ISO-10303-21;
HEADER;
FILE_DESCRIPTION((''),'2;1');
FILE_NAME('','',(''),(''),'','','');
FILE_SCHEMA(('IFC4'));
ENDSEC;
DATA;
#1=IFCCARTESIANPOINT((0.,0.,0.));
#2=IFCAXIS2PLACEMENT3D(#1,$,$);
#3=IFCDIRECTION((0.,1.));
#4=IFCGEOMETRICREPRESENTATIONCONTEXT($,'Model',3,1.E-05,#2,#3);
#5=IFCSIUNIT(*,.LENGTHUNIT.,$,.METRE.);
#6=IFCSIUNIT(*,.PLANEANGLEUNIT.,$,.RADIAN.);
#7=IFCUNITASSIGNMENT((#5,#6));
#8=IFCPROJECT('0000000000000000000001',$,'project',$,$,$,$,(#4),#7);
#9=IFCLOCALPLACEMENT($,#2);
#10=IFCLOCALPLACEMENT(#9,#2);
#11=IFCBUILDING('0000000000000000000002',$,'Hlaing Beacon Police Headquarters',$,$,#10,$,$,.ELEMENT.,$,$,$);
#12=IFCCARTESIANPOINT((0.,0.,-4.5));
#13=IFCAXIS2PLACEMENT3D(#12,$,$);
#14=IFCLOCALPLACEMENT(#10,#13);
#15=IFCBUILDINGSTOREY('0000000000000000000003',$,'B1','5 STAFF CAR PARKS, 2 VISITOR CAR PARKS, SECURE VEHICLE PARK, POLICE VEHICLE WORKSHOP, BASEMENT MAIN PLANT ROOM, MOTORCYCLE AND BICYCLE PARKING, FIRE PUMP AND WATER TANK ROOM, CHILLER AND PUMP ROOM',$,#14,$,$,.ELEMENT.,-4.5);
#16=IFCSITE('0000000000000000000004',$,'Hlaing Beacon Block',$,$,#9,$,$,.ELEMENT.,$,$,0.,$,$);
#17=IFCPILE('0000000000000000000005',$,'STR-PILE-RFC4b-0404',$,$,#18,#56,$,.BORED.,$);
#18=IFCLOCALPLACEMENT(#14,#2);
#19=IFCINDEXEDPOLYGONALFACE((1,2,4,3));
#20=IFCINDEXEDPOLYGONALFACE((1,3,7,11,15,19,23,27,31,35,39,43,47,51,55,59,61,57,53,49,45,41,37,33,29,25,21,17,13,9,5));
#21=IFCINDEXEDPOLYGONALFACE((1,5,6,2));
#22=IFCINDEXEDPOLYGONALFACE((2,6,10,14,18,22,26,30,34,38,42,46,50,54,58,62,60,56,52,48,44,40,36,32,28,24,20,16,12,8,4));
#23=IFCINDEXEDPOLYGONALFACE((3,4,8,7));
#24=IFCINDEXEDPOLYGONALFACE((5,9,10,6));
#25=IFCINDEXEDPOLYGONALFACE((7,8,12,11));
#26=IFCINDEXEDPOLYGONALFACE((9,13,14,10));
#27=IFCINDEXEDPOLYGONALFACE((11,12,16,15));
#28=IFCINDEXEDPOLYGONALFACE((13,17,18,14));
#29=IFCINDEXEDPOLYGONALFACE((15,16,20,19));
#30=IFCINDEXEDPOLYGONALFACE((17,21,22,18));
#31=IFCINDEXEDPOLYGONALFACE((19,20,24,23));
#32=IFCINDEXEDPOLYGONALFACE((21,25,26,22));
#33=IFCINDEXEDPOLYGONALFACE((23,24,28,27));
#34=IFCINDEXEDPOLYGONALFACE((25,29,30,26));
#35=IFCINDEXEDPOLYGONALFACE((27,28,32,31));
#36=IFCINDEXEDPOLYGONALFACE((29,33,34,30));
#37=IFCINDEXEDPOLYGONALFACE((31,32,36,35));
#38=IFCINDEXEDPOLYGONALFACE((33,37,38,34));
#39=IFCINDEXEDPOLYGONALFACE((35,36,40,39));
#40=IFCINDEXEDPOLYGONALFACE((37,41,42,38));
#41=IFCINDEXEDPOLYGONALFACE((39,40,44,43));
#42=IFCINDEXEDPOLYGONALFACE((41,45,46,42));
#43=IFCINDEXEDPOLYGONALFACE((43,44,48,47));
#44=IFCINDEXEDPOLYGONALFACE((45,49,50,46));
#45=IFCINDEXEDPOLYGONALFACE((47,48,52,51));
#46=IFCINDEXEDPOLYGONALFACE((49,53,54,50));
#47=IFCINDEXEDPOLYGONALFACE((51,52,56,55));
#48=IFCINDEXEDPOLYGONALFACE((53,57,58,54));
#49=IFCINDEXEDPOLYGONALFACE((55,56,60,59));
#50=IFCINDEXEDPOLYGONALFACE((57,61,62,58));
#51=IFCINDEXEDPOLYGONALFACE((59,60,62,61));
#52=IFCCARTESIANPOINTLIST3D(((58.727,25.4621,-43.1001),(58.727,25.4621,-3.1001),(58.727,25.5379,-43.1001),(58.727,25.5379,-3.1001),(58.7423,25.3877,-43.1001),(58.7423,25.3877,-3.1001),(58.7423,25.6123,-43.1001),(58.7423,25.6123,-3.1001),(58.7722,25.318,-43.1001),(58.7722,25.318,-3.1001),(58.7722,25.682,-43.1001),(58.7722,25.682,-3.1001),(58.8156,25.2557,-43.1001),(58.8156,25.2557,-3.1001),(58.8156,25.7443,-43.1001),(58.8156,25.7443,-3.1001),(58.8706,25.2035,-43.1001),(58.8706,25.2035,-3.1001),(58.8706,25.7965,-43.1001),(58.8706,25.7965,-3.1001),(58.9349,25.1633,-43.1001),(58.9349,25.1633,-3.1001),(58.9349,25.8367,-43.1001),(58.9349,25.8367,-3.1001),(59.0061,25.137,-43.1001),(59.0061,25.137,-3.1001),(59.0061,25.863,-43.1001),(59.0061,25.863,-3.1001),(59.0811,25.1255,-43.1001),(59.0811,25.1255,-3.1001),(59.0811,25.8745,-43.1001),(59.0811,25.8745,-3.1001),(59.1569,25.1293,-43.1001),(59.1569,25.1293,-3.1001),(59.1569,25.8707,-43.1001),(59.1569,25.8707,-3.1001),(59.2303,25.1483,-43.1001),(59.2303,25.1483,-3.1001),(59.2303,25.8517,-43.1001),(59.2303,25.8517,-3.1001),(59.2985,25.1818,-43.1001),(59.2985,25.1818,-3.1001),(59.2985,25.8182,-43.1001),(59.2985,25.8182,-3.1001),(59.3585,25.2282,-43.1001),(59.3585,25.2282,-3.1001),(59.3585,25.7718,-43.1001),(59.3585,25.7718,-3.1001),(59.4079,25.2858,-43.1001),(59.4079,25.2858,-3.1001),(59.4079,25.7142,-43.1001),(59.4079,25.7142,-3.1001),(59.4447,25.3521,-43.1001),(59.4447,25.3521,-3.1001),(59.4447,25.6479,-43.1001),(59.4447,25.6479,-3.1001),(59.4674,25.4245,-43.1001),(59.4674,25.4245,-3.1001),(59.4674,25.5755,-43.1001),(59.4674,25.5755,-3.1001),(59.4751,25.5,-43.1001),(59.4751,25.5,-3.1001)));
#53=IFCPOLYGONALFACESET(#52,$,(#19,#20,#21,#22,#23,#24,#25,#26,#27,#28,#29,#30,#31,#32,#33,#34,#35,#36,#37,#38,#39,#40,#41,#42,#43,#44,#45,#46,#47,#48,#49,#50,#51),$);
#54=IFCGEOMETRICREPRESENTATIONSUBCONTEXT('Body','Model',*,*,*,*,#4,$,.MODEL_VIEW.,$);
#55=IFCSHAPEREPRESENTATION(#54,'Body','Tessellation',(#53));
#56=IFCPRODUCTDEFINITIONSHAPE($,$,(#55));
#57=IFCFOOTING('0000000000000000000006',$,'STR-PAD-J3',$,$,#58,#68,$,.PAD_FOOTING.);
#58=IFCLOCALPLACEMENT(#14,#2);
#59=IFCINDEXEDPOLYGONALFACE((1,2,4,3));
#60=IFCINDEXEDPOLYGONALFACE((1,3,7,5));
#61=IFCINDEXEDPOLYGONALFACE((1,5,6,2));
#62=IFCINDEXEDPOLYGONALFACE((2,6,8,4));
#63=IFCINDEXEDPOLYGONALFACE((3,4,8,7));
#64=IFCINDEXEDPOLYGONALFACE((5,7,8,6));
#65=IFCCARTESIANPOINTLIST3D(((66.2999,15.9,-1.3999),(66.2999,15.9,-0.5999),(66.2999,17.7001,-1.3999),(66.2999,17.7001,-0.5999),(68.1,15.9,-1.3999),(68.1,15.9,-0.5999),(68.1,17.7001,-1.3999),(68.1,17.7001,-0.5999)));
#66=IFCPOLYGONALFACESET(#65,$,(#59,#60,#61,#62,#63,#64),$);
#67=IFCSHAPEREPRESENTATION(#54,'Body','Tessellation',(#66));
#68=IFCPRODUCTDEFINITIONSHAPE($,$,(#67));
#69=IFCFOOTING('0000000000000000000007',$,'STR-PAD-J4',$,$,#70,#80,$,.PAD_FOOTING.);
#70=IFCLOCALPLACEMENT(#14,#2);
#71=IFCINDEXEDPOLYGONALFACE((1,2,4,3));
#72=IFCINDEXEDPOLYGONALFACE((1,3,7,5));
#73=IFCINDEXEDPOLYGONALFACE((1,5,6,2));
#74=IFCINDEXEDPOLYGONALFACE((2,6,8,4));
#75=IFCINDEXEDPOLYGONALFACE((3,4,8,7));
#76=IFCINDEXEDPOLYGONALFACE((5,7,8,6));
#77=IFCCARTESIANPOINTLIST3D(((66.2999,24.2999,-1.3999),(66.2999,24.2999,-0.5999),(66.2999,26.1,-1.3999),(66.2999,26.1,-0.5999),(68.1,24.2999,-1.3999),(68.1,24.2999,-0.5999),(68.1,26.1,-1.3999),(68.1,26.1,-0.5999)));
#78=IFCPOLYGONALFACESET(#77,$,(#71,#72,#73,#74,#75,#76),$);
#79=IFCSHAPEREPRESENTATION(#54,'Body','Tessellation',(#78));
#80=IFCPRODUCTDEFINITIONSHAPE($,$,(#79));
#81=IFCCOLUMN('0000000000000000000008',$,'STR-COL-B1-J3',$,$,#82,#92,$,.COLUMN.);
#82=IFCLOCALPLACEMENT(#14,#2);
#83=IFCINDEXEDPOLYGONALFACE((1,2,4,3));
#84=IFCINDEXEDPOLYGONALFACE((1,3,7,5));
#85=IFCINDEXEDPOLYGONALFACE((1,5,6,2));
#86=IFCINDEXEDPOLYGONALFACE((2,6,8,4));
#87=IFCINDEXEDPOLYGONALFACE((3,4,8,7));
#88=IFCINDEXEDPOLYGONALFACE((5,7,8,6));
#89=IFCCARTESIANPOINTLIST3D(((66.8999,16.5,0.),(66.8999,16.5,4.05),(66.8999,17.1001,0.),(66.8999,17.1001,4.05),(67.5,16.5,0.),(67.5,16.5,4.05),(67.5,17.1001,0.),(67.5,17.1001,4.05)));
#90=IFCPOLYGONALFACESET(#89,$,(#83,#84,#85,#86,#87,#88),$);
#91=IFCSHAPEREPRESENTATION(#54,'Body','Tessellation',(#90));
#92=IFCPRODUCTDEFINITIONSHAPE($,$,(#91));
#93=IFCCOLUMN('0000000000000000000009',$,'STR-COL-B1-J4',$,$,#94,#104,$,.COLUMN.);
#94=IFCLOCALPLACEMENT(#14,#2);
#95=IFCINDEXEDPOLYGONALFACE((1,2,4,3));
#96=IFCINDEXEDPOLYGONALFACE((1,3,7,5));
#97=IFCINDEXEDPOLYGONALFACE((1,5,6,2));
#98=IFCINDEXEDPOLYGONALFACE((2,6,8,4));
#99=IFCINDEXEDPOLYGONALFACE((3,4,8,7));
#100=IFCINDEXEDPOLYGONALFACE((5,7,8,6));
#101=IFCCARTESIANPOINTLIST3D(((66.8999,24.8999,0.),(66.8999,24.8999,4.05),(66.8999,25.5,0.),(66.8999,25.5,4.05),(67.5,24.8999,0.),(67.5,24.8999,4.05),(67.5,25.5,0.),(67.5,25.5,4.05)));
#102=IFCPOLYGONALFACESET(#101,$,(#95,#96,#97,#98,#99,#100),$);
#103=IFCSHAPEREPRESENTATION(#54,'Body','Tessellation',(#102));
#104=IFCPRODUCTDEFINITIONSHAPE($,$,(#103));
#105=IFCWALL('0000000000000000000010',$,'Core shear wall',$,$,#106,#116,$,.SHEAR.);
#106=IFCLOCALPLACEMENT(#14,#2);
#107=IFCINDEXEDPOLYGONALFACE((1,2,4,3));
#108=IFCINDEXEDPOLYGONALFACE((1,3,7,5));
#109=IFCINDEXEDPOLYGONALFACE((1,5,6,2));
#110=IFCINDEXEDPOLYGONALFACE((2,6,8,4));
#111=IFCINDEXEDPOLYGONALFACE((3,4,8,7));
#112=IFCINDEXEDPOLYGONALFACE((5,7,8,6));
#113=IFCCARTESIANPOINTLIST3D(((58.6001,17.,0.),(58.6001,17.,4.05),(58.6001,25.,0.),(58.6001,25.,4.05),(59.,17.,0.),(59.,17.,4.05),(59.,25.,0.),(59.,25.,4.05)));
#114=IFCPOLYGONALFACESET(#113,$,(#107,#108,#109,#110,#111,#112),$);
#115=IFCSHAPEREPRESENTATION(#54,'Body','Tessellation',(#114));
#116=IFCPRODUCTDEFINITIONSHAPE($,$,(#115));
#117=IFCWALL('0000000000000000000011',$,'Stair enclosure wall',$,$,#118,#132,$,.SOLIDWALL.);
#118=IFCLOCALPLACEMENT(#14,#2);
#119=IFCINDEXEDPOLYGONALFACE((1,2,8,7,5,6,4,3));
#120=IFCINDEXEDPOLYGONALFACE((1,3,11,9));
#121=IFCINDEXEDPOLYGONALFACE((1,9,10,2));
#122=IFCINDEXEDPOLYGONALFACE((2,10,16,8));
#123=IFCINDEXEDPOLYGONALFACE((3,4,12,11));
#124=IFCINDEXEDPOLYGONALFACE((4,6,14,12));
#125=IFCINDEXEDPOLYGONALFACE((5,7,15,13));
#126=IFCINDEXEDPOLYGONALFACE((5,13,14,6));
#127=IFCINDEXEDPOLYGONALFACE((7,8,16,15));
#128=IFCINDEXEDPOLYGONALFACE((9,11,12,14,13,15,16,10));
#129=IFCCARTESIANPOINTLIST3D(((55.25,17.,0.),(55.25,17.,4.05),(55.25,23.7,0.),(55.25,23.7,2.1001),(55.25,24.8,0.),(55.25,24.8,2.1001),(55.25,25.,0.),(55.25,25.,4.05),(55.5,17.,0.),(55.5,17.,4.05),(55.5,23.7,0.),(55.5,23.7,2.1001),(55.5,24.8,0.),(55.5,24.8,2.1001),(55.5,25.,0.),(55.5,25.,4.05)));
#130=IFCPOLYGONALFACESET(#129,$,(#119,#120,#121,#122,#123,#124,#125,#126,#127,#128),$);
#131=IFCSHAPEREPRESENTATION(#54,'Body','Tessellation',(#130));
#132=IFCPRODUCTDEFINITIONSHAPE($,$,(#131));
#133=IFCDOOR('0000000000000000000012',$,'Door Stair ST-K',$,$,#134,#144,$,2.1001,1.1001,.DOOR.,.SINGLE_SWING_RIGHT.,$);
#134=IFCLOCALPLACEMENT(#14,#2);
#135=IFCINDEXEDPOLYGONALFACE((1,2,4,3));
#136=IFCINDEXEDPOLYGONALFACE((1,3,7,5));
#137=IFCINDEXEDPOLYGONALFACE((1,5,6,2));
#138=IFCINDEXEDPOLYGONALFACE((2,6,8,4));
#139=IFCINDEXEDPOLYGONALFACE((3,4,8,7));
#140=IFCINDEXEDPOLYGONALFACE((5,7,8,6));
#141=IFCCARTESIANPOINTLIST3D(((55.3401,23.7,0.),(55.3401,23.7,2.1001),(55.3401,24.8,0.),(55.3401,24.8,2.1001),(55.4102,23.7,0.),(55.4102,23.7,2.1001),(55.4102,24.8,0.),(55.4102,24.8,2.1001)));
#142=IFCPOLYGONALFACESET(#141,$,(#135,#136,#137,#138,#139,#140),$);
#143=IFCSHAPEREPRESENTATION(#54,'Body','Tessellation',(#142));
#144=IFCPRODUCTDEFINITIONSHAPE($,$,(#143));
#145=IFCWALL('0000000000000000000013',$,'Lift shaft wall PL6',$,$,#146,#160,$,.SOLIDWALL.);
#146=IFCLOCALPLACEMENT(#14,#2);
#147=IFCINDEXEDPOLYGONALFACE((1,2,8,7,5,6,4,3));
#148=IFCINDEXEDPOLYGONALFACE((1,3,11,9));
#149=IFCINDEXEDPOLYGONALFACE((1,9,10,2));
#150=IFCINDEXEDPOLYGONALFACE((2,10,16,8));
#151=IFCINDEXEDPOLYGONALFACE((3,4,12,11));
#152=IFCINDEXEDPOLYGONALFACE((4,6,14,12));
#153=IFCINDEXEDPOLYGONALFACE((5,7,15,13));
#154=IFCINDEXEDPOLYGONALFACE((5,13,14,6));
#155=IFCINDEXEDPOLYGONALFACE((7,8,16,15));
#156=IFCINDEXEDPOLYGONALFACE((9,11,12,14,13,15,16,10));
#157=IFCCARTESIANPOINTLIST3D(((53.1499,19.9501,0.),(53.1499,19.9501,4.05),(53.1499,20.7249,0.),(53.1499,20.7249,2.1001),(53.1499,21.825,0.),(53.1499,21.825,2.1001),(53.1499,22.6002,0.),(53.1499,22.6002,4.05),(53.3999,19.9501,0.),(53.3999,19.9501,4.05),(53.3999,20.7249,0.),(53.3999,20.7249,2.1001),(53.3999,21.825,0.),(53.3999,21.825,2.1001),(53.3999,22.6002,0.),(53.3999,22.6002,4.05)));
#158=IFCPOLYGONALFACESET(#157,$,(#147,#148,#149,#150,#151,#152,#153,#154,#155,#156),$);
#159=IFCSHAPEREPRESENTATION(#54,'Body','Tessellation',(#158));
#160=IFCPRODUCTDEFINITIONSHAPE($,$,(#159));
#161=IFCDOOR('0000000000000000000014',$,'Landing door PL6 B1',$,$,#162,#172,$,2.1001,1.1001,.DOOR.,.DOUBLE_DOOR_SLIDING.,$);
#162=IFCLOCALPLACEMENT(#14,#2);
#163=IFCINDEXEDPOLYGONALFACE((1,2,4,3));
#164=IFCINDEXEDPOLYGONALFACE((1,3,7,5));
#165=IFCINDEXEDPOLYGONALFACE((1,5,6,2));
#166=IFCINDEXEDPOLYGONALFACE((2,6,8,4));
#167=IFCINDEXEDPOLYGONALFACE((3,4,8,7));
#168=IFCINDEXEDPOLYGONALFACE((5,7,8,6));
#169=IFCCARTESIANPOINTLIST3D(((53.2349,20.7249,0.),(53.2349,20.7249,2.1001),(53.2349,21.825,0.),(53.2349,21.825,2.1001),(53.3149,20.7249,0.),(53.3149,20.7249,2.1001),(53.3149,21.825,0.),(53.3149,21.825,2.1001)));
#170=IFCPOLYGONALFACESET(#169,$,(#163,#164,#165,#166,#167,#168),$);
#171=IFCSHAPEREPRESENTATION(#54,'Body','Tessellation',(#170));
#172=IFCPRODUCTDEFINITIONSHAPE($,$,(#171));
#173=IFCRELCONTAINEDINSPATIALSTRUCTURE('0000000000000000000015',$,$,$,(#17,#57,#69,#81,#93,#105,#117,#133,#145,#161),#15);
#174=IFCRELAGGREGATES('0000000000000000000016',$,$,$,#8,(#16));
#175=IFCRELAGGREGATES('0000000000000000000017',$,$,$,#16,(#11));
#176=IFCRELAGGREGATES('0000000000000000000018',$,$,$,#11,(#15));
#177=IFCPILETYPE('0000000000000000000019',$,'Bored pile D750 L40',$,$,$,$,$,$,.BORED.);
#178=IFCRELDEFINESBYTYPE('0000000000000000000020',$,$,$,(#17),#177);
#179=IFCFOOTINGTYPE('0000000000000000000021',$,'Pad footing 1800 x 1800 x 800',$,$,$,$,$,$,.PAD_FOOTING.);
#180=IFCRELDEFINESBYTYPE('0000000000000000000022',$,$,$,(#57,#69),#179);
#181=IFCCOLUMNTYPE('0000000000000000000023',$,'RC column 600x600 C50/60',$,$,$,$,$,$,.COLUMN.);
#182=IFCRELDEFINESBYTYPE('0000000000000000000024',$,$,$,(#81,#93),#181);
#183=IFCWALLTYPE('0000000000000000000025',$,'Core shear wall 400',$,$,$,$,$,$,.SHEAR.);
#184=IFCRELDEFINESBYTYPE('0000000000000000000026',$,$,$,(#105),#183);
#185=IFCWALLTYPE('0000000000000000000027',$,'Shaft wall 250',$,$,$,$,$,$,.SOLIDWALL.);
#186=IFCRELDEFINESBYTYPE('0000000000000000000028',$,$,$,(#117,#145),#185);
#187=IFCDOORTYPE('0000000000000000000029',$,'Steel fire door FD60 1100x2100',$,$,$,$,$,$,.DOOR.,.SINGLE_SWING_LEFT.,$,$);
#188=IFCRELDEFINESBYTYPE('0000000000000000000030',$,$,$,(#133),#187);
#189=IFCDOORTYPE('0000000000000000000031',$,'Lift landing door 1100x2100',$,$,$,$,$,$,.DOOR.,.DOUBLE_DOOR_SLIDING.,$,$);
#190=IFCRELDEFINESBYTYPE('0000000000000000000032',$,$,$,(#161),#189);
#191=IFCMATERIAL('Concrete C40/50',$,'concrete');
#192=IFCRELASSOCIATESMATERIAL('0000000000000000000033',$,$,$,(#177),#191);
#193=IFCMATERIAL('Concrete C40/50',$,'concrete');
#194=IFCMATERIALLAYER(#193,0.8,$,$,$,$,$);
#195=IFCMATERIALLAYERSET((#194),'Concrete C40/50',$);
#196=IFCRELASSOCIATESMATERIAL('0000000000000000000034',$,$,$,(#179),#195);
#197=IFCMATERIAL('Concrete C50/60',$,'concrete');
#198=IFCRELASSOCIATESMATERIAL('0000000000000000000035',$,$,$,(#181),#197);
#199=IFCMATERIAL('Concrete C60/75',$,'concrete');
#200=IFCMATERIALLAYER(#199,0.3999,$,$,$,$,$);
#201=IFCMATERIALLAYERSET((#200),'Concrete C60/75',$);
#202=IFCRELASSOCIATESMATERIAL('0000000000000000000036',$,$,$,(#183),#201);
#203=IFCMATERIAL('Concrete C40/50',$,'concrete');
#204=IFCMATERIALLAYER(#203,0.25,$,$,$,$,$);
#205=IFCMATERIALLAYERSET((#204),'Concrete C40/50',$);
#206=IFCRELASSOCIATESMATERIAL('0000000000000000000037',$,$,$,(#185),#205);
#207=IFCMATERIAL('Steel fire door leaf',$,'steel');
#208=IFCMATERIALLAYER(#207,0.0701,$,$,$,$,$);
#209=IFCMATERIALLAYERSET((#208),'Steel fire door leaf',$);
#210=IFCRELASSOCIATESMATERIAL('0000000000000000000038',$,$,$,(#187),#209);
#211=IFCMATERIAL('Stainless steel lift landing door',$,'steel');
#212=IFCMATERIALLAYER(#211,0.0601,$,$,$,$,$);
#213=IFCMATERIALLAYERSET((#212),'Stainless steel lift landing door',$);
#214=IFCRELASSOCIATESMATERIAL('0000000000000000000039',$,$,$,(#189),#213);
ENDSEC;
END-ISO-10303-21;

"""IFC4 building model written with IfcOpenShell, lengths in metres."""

from ifc_helpers import new_model, si_unit, direction, frame, frame_2d, origin, origin_2d, place, context, subcontext, project, spatial, rectangle, circle, extrude, material, layer, layer_set, material_profile, profile_set, type_object, element, fill, save


model = new_model("IFC4")

# Units and contexts
model_context = context("Model", 3, precision=1e-05, world=origin(), true_north=direction((0.0, 1.0)))
body_context = subcontext(model_context, "Body", "Model", "MODEL_VIEW")
ifc_project = project(units=[si_unit("LENGTHUNIT", "METRE"), si_unit("PLANEANGLEUNIT", "RADIAN")], contexts=[model_context])

# Site, building, storey
site_placement = place(None, origin())
site = spatial("IfcSite", under=ifc_project, at=site_placement, Name="Hlaing Beacon Block", CompositionType="ELEMENT", RefElevation=0.0)
building_placement = place(site_placement, origin())
building = spatial("IfcBuilding", under=site, at=building_placement, Name="Hlaing Beacon Police Headquarters", CompositionType="ELEMENT")
storey_placement = place(building_placement, frame((0.0, 0.0, -4.5)))
storey = spatial("IfcBuildingStorey", under=building, at=storey_placement, Name="B1", Description="5 STAFF CAR PARKS, 2 VISITOR CAR PARKS, SECURE VEHICLE PARK, POLICE VEHICLE WORKSHOP, BASEMENT MAIN PLANT ROOM, MOTORCYCLE AND BICYCLE PARKING, FIRE PUMP AND WATER TANK ROOM, CHILLER AND PUMP ROOM", CompositionType="ELEMENT", Elevation=-4.5)

# Pile
ifc_material_1 = material(Name="Concrete C40/50", Category="concrete")
ifc_material_profile_1 = material_profile(ifc_material_1, circle(Radius=0.375, at=origin_2d()), Name="D750")
ifc_profile_set_1 = profile_set([ifc_material_profile_1], Name="Concrete C40/50")
pile_type_1 = type_object("IfcPileType", Name="Bored pile D750 L40", PredefinedType="BORED", material=ifc_profile_set_1)
for number, where, z_axis, x_axis, name in (
    (1, (59.1001, 25.5, -3.1001), (0.0, 0.0, -1.0), (1.0, 0.0, 0.0), "STR-PILE-RFC4b-0404"),
):
    element("IfcPile", number, at=place(storey_placement, frame(where, z_axis=z_axis, x_axis=x_axis)), inside=storey, type_object=pile_type_1, Name=name, PredefinedType="BORED", context=body_context, shape_type="SweptSolid", body=[
        extrude(circle(Radius=0.375, at=origin_2d()), origin(), (0.0, 0.0, 1.0), 40.0),
    ])

# Footings
ifc_material_2 = material(Name="Concrete C40/50", Category="concrete")
ifc_layer_1 = layer(ifc_material_2, 0.8)
ifc_layer_set_1 = layer_set([ifc_layer_1], Name="Concrete C40/50")
footing_type = type_object("IfcFootingType", Name="Pad footing 1800 x 1800 x 800", PredefinedType="PAD_FOOTING", material=ifc_layer_set_1)
for number, where, z_axis, x_axis, name in (
    (2, (67.2, 16.8, -1.3999), (0.0, 0.0, 1.0), (1.0, 0.0, 0.0), "STR-PAD-J3"),
    (3, (67.2, 25.2, -1.3999), (0.0, 0.0, 1.0), (1.0, 0.0, 0.0), "STR-PAD-J4"),
):
    element("IfcFooting", number, at=place(storey_placement, frame(where, z_axis=z_axis, x_axis=x_axis)), inside=storey, type_object=footing_type, Name=name, PredefinedType="PAD_FOOTING", context=body_context, shape_type="SweptSolid", body=[
        extrude(rectangle(XDim=1.8, YDim=1.8, at=origin_2d()), origin(), (0.0, 0.0, 1.0), 0.8),
    ])

# Columns
ifc_material_3 = material(Name="Concrete C50/60", Category="concrete")
ifc_material_profile_2 = material_profile(ifc_material_3, rectangle(XDim=0.6001, YDim=0.6001, at=origin_2d()), Name="600x600")
ifc_profile_set_2 = profile_set([ifc_material_profile_2], Name="Concrete C50/60")
column_type = type_object("IfcColumnType", Name="RC column 600x600 C50/60", PredefinedType="COLUMN", material=ifc_profile_set_2)
for number, where, z_axis, x_axis, name in (
    (4, (67.2, 16.8, 0.0), (0.0, 0.0, 1.0), (1.0, 0.0, 0.0), "STR-COL-B1-J3"),
    (5, (67.2, 25.2, 0.0), (0.0, 0.0, 1.0), (1.0, 0.0, 0.0), "STR-COL-B1-J4"),
):
    element("IfcColumn", number, at=place(storey_placement, frame(where, z_axis=z_axis, x_axis=x_axis)), inside=storey, type_object=column_type, Name=name, PredefinedType="COLUMN", context=body_context, shape_type="SweptSolid", body=[
        extrude(rectangle(XDim=0.6001, YDim=0.6001, at=origin_2d()), origin(), (0.0, 0.0, 1.0), 4.05),
    ])

# Wall
ifc_material_4 = material(Name="Concrete C60/75", Category="concrete")
ifc_layer_2 = layer(ifc_material_4, 0.3999)
ifc_layer_set_2 = layer_set([ifc_layer_2], Name="Concrete C60/75")
wall_type_1 = type_object("IfcWallType", Name="Core shear wall 400", PredefinedType="SHEAR", material=ifc_layer_set_2)
wall_1_placement = place(storey_placement, frame((58.8, 17.0, 0.0), z_axis=(0.0, 0.0, 1.0), x_axis=(0.0, 1.0, 0.0)))
element("IfcWall", 6, at=wall_1_placement, inside=storey, type_object=wall_type_1, Name="Core shear wall", PredefinedType="SHEAR", context=body_context, shape_type="SweptSolid", body=[
    extrude(rectangle(XDim=8.0, YDim=0.3999, at=frame_2d((4.0, 0.0))), origin(), (0.0, 0.0, 1.0), 4.05),
])

# Walls, openings, doors
ifc_material_5 = material(Name="Concrete C40/50", Category="concrete")
ifc_layer_3 = layer(ifc_material_5, 0.25)
ifc_layer_set_3 = layer_set([ifc_layer_3], Name="Concrete C40/50")
wall_type_2 = type_object("IfcWallType", Name="Shaft wall 250", PredefinedType="SOLIDWALL", material=ifc_layer_set_3)
wall_2_placement = place(storey_placement, frame((55.375, 25.0, 0.0), z_axis=(0.0, 0.0, 1.0), x_axis=(0.0, -1.0, 0.0)))
wall_2 = element("IfcWall", 7, at=wall_2_placement, inside=storey, type_object=wall_type_2, Name="Stair enclosure wall", PredefinedType="SOLIDWALL", context=body_context, shape_type="SweptSolid", body=[
    extrude(rectangle(XDim=8.0, YDim=0.25, at=frame_2d((4.0, 0.0))), origin(), (0.0, 0.0, 1.0), 4.05),
])
opening_1_placement = place(wall_2_placement, frame((0.2, 0.0, 0.0)))
opening_1 = element("IfcOpeningElement", 8, at=opening_1_placement, cuts=wall_2, PredefinedType="OPENING", context=body_context, shape_type="SweptSolid", body=[
    extrude(rectangle(XDim=1.1001, YDim=2.1001, at=frame_2d((0.55, 1.05))), frame((0.0, 0.135, 0.0), z_axis=(0.0, -1.0, 0.0), x_axis=(1.0, 0.0, 0.0)), (0.0, 0.0, 1.0), 0.27),
])
ifc_material_6 = material(Name="Steel fire door leaf", Category="steel")
ifc_layer_4 = layer(ifc_material_6, 0.0701)
ifc_layer_set_4 = layer_set([ifc_layer_4], Name="Steel fire door leaf")
door_type_1 = type_object("IfcDoorType", Name="Steel fire door FD60 1100x2100", OperationType="SINGLE_SWING_LEFT", PredefinedType="DOOR", material=ifc_layer_set_4)
door_1_placement = place(opening_1_placement, origin())
door_1 = element("IfcDoor", 9, at=door_1_placement, inside=storey, type_object=door_type_1, Name="Door Stair ST-K", OperationType="SINGLE_SWING_RIGHT", OverallHeight=2.1001, OverallWidth=1.1001, PredefinedType="DOOR", context=body_context, shape_type="SweptSolid", body=[
    extrude(rectangle(XDim=1.1001, YDim=2.1001, at=frame_2d((0.55, 1.05))), frame((0.0, 0.0352, 0.0), z_axis=(0.0, -1.0, 0.0), x_axis=(1.0, 0.0, 0.0)), (0.0, 0.0, 1.0), 0.0701),
])
fill(opening_1, door_1)
wall_3_placement = place(storey_placement, frame((53.2749, 19.95, 0.0), z_axis=(0.0, 0.0, 1.0), x_axis=(0.0, 1.0, 0.0)))
wall_3 = element("IfcWall", 10, at=wall_3_placement, inside=storey, type_object=wall_type_2, Name="Lift shaft wall PL6", PredefinedType="SOLIDWALL", context=body_context, shape_type="SweptSolid", body=[
    extrude(rectangle(XDim=2.6501, YDim=0.25, at=frame_2d((1.3252, 0.0))), origin(), (0.0, 0.0, 1.0), 4.05),
])
opening_2_placement = place(wall_3_placement, frame((0.7749, 0.0, 0.0)))
opening_2 = element("IfcOpeningElement", 11, at=opening_2_placement, cuts=wall_3, PredefinedType="OPENING", context=body_context, shape_type="SweptSolid", body=[
    extrude(rectangle(XDim=1.1001, YDim=2.1001, at=frame_2d((0.55, 1.05))), frame((0.0, 0.135, 0.0), z_axis=(0.0, -1.0, 0.0), x_axis=(1.0, 0.0, 0.0)), (0.0, 0.0, 1.0), 0.27),
])
ifc_material_7 = material(Name="Stainless steel lift landing door", Category="steel")
ifc_layer_5 = layer(ifc_material_7, 0.0601)
ifc_layer_set_5 = layer_set([ifc_layer_5], Name="Stainless steel lift landing door")
door_type_2 = type_object("IfcDoorType", Name="Lift landing door 1100x2100", OperationType="DOUBLE_DOOR_SLIDING", PredefinedType="DOOR", material=ifc_layer_set_5)
door_2_placement = place(opening_2_placement, origin())
door_2 = element("IfcDoor", 12, at=door_2_placement, inside=storey, type_object=door_type_2, Name="Landing door PL6 B1", OperationType="DOUBLE_DOOR_SLIDING", OverallHeight=2.1001, OverallWidth=1.1001, PredefinedType="DOOR", context=body_context, shape_type="SweptSolid", body=[
    extrude(rectangle(XDim=1.1001, YDim=2.1001, at=frame_2d((0.55, 1.05))), frame((0.0, 0.04, 0.0), z_axis=(0.0, -1.0, 0.0), x_axis=(1.0, 0.0, 0.0)), (0.0, 0.0, 1.0), 0.0801),
])
fill(opening_2, door_2)

save(model, "model.ifc")
